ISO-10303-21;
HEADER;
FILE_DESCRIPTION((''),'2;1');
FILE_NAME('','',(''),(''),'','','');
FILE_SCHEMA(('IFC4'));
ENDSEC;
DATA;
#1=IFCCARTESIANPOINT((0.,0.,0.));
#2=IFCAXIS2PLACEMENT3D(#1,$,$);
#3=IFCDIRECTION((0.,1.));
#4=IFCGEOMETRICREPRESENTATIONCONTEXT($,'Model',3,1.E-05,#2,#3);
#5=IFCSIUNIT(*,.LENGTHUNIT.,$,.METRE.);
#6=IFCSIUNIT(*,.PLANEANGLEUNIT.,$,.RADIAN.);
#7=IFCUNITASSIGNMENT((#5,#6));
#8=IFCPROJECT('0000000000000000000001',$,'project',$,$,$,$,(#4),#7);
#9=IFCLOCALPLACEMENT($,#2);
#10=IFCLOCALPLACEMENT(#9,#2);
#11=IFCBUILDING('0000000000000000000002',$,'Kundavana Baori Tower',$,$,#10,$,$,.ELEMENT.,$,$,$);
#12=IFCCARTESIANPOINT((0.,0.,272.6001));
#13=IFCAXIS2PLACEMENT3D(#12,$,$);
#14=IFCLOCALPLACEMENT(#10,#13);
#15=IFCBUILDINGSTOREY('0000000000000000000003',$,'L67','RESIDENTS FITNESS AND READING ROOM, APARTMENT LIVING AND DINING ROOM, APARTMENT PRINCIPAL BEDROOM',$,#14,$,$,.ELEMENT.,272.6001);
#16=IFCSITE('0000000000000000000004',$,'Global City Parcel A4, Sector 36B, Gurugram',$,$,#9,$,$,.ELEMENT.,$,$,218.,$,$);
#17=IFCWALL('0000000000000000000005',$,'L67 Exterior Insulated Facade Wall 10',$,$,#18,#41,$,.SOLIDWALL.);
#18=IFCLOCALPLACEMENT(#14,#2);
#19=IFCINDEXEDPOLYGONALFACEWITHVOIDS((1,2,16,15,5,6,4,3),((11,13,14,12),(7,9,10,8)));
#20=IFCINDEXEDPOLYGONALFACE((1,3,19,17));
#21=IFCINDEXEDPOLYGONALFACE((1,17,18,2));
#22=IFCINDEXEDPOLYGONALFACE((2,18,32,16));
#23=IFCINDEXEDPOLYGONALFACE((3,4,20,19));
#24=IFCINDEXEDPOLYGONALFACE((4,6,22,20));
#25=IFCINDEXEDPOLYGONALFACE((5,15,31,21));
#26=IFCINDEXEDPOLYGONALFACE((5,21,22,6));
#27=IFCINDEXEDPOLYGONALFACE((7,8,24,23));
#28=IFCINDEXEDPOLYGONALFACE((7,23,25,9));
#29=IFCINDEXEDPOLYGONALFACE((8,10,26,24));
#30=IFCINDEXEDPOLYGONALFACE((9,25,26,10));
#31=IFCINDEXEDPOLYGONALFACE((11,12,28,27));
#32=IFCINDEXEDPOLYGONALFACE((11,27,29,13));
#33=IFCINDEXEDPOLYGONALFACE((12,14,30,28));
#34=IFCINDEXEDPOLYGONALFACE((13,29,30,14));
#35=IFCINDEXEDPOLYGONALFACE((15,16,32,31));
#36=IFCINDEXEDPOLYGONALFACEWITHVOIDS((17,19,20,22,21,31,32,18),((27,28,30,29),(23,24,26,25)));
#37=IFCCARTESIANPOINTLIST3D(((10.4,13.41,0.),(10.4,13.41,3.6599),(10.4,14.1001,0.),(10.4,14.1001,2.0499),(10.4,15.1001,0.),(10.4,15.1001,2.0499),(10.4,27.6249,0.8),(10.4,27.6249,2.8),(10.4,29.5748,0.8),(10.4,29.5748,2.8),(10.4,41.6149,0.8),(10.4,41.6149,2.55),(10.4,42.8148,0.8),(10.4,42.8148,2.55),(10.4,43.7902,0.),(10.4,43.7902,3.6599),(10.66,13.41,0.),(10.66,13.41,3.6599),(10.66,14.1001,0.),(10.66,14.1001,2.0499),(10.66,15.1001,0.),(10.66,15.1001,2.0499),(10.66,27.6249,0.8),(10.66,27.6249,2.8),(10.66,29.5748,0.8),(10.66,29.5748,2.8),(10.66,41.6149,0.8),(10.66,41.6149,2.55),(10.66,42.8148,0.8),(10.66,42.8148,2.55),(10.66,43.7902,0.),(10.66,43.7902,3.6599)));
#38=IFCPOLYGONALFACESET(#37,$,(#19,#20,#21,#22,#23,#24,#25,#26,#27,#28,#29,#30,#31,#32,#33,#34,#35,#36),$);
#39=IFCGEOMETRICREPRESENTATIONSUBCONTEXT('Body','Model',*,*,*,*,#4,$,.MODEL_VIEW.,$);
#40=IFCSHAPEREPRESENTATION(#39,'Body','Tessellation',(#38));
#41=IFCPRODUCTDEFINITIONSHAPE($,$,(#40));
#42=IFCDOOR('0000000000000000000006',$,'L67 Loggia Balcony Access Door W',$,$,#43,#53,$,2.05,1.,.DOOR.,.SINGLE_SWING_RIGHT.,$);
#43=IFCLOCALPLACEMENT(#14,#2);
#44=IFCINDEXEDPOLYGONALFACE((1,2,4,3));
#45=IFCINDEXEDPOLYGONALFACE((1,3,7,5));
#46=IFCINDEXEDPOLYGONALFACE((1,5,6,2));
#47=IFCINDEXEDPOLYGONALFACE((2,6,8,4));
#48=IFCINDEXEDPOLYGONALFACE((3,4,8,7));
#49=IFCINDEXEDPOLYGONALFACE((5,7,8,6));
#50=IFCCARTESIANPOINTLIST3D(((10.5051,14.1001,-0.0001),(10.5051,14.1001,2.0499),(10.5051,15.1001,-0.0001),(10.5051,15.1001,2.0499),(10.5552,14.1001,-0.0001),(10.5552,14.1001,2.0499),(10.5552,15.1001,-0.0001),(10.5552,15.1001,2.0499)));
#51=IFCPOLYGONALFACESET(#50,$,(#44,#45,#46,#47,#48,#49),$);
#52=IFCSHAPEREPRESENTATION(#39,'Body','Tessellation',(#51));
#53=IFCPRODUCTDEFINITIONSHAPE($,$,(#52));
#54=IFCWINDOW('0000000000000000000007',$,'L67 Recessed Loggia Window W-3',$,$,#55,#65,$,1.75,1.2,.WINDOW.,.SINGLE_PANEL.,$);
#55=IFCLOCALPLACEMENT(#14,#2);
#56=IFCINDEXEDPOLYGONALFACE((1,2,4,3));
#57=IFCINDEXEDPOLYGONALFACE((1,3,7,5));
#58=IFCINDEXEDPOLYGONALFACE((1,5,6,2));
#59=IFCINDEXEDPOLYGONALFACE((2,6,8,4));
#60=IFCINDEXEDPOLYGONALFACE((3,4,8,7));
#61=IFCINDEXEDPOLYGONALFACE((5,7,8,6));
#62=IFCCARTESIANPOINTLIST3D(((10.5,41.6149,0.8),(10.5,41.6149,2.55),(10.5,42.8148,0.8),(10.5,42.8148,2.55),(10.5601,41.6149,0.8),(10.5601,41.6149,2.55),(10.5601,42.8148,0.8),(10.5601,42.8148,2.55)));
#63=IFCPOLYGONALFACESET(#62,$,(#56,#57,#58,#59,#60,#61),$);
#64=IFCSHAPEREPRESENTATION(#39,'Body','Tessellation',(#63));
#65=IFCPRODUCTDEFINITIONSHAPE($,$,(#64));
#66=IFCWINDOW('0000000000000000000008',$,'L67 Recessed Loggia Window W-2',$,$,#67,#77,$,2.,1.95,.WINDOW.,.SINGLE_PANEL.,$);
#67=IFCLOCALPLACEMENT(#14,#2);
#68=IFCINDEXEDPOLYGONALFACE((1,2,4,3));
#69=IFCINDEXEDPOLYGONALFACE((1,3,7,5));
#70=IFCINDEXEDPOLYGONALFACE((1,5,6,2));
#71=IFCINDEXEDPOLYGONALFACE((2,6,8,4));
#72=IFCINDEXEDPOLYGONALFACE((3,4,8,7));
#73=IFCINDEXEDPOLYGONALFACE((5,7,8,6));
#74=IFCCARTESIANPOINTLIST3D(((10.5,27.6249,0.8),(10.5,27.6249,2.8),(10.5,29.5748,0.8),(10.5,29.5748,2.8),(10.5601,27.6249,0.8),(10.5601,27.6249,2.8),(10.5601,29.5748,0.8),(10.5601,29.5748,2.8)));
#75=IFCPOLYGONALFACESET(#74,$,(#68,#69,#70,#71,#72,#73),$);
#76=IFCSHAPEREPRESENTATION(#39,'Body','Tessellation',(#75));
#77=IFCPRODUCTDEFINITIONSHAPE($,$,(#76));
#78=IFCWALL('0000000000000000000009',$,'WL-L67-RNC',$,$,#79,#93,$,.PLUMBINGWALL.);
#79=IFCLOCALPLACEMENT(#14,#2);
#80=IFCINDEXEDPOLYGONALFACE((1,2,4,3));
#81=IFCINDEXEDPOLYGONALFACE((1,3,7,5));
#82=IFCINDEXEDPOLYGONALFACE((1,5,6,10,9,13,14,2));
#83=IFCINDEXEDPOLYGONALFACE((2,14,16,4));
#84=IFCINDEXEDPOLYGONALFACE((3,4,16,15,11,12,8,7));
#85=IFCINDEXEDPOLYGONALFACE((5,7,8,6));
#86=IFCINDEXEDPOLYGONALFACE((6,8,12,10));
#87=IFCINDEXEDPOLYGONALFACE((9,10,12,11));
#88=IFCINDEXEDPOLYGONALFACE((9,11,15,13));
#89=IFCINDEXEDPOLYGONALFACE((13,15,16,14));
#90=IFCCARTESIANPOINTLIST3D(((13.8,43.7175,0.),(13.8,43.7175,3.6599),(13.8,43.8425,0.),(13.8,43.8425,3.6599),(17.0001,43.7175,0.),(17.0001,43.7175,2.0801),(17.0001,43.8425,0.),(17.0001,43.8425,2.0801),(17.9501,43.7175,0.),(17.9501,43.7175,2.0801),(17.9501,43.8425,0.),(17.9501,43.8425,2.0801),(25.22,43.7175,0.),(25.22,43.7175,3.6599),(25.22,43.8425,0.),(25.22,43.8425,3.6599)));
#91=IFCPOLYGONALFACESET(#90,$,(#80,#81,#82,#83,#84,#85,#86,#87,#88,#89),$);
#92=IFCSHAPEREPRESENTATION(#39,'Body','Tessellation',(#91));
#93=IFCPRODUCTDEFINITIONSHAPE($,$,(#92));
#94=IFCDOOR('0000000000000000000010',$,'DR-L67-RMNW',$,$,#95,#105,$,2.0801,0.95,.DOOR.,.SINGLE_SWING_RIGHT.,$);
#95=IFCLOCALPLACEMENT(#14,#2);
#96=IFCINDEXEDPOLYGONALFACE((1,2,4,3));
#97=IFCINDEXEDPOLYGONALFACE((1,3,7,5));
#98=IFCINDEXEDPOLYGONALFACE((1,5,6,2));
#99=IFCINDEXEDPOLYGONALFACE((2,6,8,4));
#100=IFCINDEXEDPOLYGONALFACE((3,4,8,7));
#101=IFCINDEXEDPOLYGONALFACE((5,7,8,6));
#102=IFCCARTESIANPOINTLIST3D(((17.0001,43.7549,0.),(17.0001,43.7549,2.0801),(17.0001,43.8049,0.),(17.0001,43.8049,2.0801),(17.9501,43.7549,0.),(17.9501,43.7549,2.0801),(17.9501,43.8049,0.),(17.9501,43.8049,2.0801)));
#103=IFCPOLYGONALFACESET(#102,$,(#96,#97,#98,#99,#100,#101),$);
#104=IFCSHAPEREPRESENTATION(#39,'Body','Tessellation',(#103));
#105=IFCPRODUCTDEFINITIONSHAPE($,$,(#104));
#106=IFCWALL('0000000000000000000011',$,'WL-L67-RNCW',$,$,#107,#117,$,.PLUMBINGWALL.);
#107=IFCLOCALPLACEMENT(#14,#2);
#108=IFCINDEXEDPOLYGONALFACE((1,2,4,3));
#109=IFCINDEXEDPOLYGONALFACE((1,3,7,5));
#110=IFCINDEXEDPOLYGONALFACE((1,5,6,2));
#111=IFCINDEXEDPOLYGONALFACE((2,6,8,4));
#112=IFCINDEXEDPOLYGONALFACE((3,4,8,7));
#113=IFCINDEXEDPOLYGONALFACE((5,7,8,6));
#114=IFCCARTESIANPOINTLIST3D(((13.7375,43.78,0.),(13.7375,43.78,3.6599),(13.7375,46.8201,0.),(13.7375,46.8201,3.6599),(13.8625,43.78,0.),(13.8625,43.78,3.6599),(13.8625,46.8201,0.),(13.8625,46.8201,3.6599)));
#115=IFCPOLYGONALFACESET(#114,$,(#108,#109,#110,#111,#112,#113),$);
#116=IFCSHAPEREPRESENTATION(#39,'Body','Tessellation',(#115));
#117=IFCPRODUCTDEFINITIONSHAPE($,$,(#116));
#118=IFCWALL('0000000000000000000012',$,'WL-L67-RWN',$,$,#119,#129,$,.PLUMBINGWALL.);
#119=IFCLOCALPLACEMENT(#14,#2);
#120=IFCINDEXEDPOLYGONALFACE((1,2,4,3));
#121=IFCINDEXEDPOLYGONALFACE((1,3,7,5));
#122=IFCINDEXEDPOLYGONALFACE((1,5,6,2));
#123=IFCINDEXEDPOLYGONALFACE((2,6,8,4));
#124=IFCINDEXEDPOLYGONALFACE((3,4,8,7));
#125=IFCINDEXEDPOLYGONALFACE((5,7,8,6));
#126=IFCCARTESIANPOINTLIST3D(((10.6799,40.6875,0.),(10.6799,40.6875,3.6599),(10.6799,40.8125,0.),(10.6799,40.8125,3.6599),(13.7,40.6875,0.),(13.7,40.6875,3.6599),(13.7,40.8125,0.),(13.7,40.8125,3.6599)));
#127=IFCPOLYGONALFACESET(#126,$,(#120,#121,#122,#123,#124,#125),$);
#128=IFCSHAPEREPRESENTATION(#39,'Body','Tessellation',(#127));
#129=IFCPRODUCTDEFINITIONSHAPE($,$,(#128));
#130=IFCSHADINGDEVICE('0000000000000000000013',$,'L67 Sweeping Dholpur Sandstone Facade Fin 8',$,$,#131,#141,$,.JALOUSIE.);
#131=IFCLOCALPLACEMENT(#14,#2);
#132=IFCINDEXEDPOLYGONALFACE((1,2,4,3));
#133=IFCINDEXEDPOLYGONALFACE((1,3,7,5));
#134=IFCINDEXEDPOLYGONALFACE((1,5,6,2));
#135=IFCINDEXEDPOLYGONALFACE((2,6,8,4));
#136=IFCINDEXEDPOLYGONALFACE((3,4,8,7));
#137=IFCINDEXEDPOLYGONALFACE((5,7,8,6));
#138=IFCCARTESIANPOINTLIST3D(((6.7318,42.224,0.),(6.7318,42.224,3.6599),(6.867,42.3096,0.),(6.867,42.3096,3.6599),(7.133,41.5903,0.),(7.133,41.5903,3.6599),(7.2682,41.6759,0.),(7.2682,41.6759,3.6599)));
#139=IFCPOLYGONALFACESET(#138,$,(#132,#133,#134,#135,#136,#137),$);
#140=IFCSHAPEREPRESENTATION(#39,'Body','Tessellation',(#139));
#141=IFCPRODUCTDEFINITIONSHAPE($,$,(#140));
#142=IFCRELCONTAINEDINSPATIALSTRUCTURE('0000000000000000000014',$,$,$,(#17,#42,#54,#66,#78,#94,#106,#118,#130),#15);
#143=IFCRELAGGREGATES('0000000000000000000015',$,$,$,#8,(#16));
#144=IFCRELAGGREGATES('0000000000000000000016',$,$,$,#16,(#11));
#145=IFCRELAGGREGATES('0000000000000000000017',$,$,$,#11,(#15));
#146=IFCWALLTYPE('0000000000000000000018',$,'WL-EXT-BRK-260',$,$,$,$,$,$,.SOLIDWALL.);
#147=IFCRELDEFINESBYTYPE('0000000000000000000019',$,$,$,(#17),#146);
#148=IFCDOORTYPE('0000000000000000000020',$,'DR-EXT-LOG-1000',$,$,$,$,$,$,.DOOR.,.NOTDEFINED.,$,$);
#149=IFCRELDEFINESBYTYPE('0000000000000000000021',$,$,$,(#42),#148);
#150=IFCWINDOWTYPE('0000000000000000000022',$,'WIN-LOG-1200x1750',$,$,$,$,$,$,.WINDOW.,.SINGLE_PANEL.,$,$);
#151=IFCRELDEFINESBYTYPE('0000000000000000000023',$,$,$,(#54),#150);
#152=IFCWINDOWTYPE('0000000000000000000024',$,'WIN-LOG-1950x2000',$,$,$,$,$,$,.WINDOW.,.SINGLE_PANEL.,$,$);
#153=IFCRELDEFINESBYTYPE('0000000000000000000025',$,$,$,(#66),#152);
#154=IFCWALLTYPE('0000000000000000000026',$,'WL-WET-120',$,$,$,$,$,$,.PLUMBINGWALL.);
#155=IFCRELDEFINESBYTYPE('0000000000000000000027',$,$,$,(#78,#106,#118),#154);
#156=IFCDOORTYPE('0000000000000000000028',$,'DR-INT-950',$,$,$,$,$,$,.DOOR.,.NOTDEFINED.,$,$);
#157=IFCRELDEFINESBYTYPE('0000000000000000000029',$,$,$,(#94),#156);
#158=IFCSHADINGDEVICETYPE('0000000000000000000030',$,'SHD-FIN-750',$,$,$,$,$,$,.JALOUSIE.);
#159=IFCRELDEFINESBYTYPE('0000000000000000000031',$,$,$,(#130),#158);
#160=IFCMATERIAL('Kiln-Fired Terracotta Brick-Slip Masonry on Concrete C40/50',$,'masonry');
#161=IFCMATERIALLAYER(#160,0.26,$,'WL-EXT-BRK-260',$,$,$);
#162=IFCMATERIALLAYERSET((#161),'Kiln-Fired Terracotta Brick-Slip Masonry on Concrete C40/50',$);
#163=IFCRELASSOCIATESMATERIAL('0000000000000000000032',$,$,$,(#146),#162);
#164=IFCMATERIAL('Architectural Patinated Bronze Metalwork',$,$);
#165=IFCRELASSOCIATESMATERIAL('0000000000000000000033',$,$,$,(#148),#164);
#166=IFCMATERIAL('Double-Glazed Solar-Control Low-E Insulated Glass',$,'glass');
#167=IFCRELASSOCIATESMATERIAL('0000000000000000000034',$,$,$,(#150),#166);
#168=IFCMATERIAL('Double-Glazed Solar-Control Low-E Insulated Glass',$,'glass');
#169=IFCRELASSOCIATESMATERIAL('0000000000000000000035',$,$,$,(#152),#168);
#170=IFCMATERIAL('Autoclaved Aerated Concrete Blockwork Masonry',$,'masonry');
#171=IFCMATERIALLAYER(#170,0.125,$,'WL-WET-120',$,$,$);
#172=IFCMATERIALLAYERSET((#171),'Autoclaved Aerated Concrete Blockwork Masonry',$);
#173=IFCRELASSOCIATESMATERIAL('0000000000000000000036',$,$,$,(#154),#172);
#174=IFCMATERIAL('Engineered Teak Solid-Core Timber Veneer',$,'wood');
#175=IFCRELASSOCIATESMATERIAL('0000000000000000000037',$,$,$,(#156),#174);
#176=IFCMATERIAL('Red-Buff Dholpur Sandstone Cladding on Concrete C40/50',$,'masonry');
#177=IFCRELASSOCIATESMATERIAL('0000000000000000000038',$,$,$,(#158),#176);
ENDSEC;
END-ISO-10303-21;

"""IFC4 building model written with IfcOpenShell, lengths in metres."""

from ifc_helpers import new_model, si_unit, direction, frame, frame_2d, origin, origin_2d, place, context, subcontext, project, spatial, rectangle, extrude, material, layer, layer_set, type_object, element, fill, save


model = new_model("IFC4")

# Units and contexts
model_context = context("Model", 3, precision=1e-05, world=origin(), true_north=direction((0.0, 1.0)))
body_context = subcontext(model_context, "Body", "Model", "MODEL_VIEW")
ifc_project = project(units=[si_unit("LENGTHUNIT", "METRE"), si_unit("PLANEANGLEUNIT", "RADIAN")], contexts=[model_context])

# Site, building, storey
site_placement = place(None, origin())
site = spatial("IfcSite", under=ifc_project, at=site_placement, Name="Global City Parcel A4, Sector 36B, Gurugram", CompositionType="ELEMENT", RefElevation=218.0)
building_placement = place(site_placement, origin())
building = spatial("IfcBuilding", under=site, at=building_placement, Name="Kundavana Baori Tower", CompositionType="ELEMENT")
storey_placement = place(building_placement, frame((0.0, 0.0, 272.6001)))
storey = spatial("IfcBuildingStorey", under=building, at=storey_placement, Name="L67", Description="RESIDENTS FITNESS AND READING ROOM, APARTMENT LIVING AND DINING ROOM, APARTMENT PRINCIPAL BEDROOM", CompositionType="ELEMENT", Elevation=272.6001)

# Shared definitions
ifc_material_1 = material(Name="Kiln-Fired Terracotta Brick-Slip Masonry on Concrete C40/50", Category="masonry")
ifc_layer_1 = layer(ifc_material_1, 0.26, Name="WL-EXT-BRK-260")
ifc_layer_set_1 = layer_set([ifc_layer_1], Name="Kiln-Fired Terracotta Brick-Slip Masonry on Concrete C40/50")
wall_type_1 = type_object("IfcWallType", Name="WL-EXT-BRK-260", PredefinedType="SOLIDWALL", material=ifc_layer_set_1)

# Wall, openings, door, windows
wall_1_placement = place(storey_placement, frame((10.53, 43.79, 0.0), z_axis=(0.0, 0.0, 1.0), x_axis=(0.0, -1.0, 0.0)))
wall_1 = element("IfcWall", 1, at=wall_1_placement, inside=storey, type_object=wall_type_1, Name="L67 Exterior Insulated Facade Wall 10", PredefinedType="SOLIDWALL", context=body_context, shape_type="SweptSolid", body=[
    extrude(rectangle(XDim=30.3801, YDim=0.26, at=frame_2d((15.1899, 0.0))), origin(), (0.0, 0.0, 1.0), 3.6599),
])
opening_1_placement = place(wall_1_placement, frame((28.6899, 0.0, 0.0)))
opening_1 = element("IfcOpeningElement", 2, at=opening_1_placement, cuts=wall_1, PredefinedType="OPENING", context=body_context, shape_type="SweptSolid", body=[
    extrude(rectangle(XDim=1.0, YDim=2.05, at=frame_2d((0.5, 1.0249))), frame((0.0, 0.1401, 0.0), z_axis=(0.0, -1.0, 0.0), x_axis=(1.0, 0.0, 0.0)), (0.0, 0.0, 1.0), 0.28),
])
opening_2_placement = place(wall_1_placement, frame((14.2151, 0.0, 0.8)))
opening_2 = element("IfcOpeningElement", 3, at=opening_2_placement, cuts=wall_1, PredefinedType="OPENING", context=body_context, shape_type="SweptSolid", body=[
    extrude(rectangle(XDim=1.95, YDim=2.0, at=frame_2d((0.9751, 1.0))), frame((0.0, 0.1401, 0.0), z_axis=(0.0, -1.0, 0.0), x_axis=(1.0, 0.0, 0.0)), (0.0, 0.0, 1.0), 0.28),
])
opening_3_placement = place(wall_1_placement, frame((0.9751, 0.0, 0.8)))
opening_3 = element("IfcOpeningElement", 4, at=opening_3_placement, cuts=wall_1, PredefinedType="OPENING", context=body_context, shape_type="SweptSolid", body=[
    extrude(rectangle(XDim=1.2, YDim=1.75, at=frame_2d((0.6001, 0.875))), frame((0.0, 0.1401, 0.0), z_axis=(0.0, -1.0, 0.0), x_axis=(1.0, 0.0, 0.0)), (0.0, 0.0, 1.0), 0.28),
])
ifc_material_2 = material(Name="Architectural Patinated Bronze Metalwork")
door_type_1 = type_object("IfcDoorType", Name="DR-EXT-LOG-1000", OperationType="NOTDEFINED", PredefinedType="DOOR", material=ifc_material_2)
door_1_placement = place(opening_1_placement, frame((1.0, 0.0, 0.0), z_axis=(0.0, 0.0, 1.0), x_axis=(-1.0, 0.0, 0.0)))
door_1 = element("IfcDoor", 5, at=door_1_placement, inside=storey, type_object=door_type_1, Name="L67 Loggia Balcony Access Door W", OperationType="SINGLE_SWING_RIGHT", OverallHeight=2.05, OverallWidth=1.0, PredefinedType="DOOR", context=body_context, shape_type="SweptSolid", body=[
    extrude(rectangle(XDim=1.0, YDim=2.05, at=frame_2d((0.5, 1.0249))), frame((0.0, 0.0249, 0.0), z_axis=(0.0, -1.0, 0.0), x_axis=(1.0, 0.0, 0.0)), (0.0, 0.0, 1.0), 0.05),
])
fill(opening_1, door_1)
ifc_material_3 = material(Name="Double-Glazed Solar-Control Low-E Insulated Glass", Category="glass")
window_type_1 = type_object("IfcWindowType", Name="WIN-LOG-1200x1750", PartitioningType="SINGLE_PANEL", PredefinedType="WINDOW", material=ifc_material_3)
window_1_placement = place(opening_3_placement, origin())
window_1 = element("IfcWindow", 6, at=window_1_placement, inside=storey, type_object=window_type_1, Name="L67 Recessed Loggia Window W-3", OverallHeight=1.75, OverallWidth=1.2, PartitioningType="SINGLE_PANEL", PredefinedType="WINDOW", context=body_context, shape_type="SweptSolid", body=[
    extrude(rectangle(XDim=1.2, YDim=1.75, at=frame_2d((0.6001, 0.875))), frame((0.0, 0.03, 0.0), z_axis=(0.0, -1.0, 0.0), x_axis=(1.0, 0.0, 0.0)), (0.0, 0.0, 1.0), 0.0601),
])
fill(opening_3, window_1)
ifc_material_4 = material(Name="Double-Glazed Solar-Control Low-E Insulated Glass", Category="glass")
window_type_2 = type_object("IfcWindowType", Name="WIN-LOG-1950x2000", PartitioningType="SINGLE_PANEL", PredefinedType="WINDOW", material=ifc_material_4)
window_2_placement = place(opening_2_placement, origin())
window_2 = element("IfcWindow", 7, at=window_2_placement, inside=storey, type_object=window_type_2, Name="L67 Recessed Loggia Window W-2", OverallHeight=2.0, OverallWidth=1.95, PartitioningType="SINGLE_PANEL", PredefinedType="WINDOW", context=body_context, shape_type="SweptSolid", body=[
    extrude(rectangle(XDim=1.95, YDim=2.0, at=frame_2d((0.9751, 1.0))), frame((0.0, 0.03, 0.0), z_axis=(0.0, -1.0, 0.0), x_axis=(1.0, 0.0, 0.0)), (0.0, 0.0, 1.0), 0.0601),
])
fill(opening_2, window_2)

# Wall, opening, door
ifc_material_5 = material(Name="Autoclaved Aerated Concrete Blockwork Masonry", Category="masonry")
ifc_layer_2 = layer(ifc_material_5, 0.125, Name="WL-WET-120")
ifc_layer_set_2 = layer_set([ifc_layer_2], Name="Autoclaved Aerated Concrete Blockwork Masonry")
wall_type_2 = type_object("IfcWallType", Name="WL-WET-120", PredefinedType="PLUMBINGWALL", material=ifc_layer_set_2)
wall_2_placement = place(storey_placement, frame((13.8, 43.78, 0.0), z_axis=(0.0, 0.0, 1.0), x_axis=(1.0, 0.0, 0.0)))
wall_2 = element("IfcWall", 8, at=wall_2_placement, inside=storey, type_object=wall_type_2, Name="WL-L67-RNC", PredefinedType="PLUMBINGWALL", context=body_context, shape_type="SweptSolid", body=[
    extrude(rectangle(XDim=11.4199, YDim=0.125, at=frame_2d((5.71, 0.0))), origin(), (0.0, 0.0, 1.0), 3.6599),
])
opening_4_placement = place(wall_2_placement, frame((3.2, 0.0, 0.0)))
opening_4 = element("IfcOpeningElement", 9, at=opening_4_placement, cuts=wall_2, PredefinedType="OPENING", context=body_context, shape_type="SweptSolid", body=[
    extrude(rectangle(XDim=0.95, YDim=2.0801, at=frame_2d((0.4751, 1.04))), frame((0.0, 0.0725, 0.0), z_axis=(0.0, -1.0, 0.0), x_axis=(1.0, 0.0, 0.0)), (0.0, 0.0, 1.0), 0.145),
])
ifc_material_6 = material(Name="Engineered Teak Solid-Core Timber Veneer", Category="wood")
door_type_2 = type_object("IfcDoorType", Name="DR-INT-950", OperationType="NOTDEFINED", PredefinedType="DOOR", material=ifc_material_6)
door_2_placement = place(opening_4_placement, origin())
door_2 = element("IfcDoor", 10, at=door_2_placement, inside=storey, type_object=door_type_2, Name="DR-L67-RMNW", OperationType="SINGLE_SWING_RIGHT", OverallHeight=2.0801, OverallWidth=0.95, PredefinedType="DOOR", context=body_context, shape_type="SweptSolid", body=[
    extrude(rectangle(XDim=0.95, YDim=2.0801, at=frame_2d((0.4751, 1.04))), frame((0.0, 0.0249, 0.0), z_axis=(0.0, -1.0, 0.0), x_axis=(1.0, 0.0, 0.0)), (0.0, 0.0, 1.0), 0.05),
])
fill(opening_4, door_2)

# Walls
wall_3_placement = place(storey_placement, frame((13.8, 43.78, 0.0), z_axis=(0.0, 0.0, 1.0), x_axis=(0.0, 1.0, 0.0)))
element("IfcWall", 11, at=wall_3_placement, inside=storey, type_object=wall_type_2, Name="WL-L67-RNCW", PredefinedType="PLUMBINGWALL", context=body_context, shape_type="SweptSolid", body=[
    extrude(rectangle(XDim=3.04, YDim=0.125, at=frame_2d((1.52, 0.0))), origin(), (0.0, 0.0, 1.0), 3.6599),
])
wall_4_placement = place(storey_placement, frame((10.6799, 40.75, 0.0), z_axis=(0.0, 0.0, 1.0), x_axis=(1.0, 0.0, 0.0)))
element("IfcWall", 12, at=wall_4_placement, inside=storey, type_object=wall_type_2, Name="WL-L67-RWN", PredefinedType="PLUMBINGWALL", context=body_context, shape_type="SweptSolid", body=[
    extrude(rectangle(XDim=3.02, YDim=0.125, at=frame_2d((1.51, 0.0))), origin(), (0.0, 0.0, 1.0), 3.6599),
])

# Shading device
ifc_material_7 = material(Name="Red-Buff Dholpur Sandstone Cladding on Concrete C40/50", Category="masonry")
shading_device_type = type_object("IfcShadingDeviceType", Name="SHD-FIN-750", PredefinedType="JALOUSIE", material=ifc_material_7)
shading_device_placement = place(storey_placement, frame((7.0, 41.95, 0.0), z_axis=(0.0, 0.0, 1.0), x_axis=(0.844889, 0.534942, 0.0)))
element("IfcShadingDevice", 13, at=shading_device_placement, inside=storey, type_object=shading_device_type, Name="L67 Sweeping Dholpur Sandstone Facade Fin 8", PredefinedType="JALOUSIE", context=body_context, shape_type="SweptSolid", body=[
    extrude(rectangle(XDim=0.1599, YDim=0.75, at=origin_2d()), origin(), (0.0, 0.0, 1.0), 3.6599),
])

save(model, "model.ifc")
